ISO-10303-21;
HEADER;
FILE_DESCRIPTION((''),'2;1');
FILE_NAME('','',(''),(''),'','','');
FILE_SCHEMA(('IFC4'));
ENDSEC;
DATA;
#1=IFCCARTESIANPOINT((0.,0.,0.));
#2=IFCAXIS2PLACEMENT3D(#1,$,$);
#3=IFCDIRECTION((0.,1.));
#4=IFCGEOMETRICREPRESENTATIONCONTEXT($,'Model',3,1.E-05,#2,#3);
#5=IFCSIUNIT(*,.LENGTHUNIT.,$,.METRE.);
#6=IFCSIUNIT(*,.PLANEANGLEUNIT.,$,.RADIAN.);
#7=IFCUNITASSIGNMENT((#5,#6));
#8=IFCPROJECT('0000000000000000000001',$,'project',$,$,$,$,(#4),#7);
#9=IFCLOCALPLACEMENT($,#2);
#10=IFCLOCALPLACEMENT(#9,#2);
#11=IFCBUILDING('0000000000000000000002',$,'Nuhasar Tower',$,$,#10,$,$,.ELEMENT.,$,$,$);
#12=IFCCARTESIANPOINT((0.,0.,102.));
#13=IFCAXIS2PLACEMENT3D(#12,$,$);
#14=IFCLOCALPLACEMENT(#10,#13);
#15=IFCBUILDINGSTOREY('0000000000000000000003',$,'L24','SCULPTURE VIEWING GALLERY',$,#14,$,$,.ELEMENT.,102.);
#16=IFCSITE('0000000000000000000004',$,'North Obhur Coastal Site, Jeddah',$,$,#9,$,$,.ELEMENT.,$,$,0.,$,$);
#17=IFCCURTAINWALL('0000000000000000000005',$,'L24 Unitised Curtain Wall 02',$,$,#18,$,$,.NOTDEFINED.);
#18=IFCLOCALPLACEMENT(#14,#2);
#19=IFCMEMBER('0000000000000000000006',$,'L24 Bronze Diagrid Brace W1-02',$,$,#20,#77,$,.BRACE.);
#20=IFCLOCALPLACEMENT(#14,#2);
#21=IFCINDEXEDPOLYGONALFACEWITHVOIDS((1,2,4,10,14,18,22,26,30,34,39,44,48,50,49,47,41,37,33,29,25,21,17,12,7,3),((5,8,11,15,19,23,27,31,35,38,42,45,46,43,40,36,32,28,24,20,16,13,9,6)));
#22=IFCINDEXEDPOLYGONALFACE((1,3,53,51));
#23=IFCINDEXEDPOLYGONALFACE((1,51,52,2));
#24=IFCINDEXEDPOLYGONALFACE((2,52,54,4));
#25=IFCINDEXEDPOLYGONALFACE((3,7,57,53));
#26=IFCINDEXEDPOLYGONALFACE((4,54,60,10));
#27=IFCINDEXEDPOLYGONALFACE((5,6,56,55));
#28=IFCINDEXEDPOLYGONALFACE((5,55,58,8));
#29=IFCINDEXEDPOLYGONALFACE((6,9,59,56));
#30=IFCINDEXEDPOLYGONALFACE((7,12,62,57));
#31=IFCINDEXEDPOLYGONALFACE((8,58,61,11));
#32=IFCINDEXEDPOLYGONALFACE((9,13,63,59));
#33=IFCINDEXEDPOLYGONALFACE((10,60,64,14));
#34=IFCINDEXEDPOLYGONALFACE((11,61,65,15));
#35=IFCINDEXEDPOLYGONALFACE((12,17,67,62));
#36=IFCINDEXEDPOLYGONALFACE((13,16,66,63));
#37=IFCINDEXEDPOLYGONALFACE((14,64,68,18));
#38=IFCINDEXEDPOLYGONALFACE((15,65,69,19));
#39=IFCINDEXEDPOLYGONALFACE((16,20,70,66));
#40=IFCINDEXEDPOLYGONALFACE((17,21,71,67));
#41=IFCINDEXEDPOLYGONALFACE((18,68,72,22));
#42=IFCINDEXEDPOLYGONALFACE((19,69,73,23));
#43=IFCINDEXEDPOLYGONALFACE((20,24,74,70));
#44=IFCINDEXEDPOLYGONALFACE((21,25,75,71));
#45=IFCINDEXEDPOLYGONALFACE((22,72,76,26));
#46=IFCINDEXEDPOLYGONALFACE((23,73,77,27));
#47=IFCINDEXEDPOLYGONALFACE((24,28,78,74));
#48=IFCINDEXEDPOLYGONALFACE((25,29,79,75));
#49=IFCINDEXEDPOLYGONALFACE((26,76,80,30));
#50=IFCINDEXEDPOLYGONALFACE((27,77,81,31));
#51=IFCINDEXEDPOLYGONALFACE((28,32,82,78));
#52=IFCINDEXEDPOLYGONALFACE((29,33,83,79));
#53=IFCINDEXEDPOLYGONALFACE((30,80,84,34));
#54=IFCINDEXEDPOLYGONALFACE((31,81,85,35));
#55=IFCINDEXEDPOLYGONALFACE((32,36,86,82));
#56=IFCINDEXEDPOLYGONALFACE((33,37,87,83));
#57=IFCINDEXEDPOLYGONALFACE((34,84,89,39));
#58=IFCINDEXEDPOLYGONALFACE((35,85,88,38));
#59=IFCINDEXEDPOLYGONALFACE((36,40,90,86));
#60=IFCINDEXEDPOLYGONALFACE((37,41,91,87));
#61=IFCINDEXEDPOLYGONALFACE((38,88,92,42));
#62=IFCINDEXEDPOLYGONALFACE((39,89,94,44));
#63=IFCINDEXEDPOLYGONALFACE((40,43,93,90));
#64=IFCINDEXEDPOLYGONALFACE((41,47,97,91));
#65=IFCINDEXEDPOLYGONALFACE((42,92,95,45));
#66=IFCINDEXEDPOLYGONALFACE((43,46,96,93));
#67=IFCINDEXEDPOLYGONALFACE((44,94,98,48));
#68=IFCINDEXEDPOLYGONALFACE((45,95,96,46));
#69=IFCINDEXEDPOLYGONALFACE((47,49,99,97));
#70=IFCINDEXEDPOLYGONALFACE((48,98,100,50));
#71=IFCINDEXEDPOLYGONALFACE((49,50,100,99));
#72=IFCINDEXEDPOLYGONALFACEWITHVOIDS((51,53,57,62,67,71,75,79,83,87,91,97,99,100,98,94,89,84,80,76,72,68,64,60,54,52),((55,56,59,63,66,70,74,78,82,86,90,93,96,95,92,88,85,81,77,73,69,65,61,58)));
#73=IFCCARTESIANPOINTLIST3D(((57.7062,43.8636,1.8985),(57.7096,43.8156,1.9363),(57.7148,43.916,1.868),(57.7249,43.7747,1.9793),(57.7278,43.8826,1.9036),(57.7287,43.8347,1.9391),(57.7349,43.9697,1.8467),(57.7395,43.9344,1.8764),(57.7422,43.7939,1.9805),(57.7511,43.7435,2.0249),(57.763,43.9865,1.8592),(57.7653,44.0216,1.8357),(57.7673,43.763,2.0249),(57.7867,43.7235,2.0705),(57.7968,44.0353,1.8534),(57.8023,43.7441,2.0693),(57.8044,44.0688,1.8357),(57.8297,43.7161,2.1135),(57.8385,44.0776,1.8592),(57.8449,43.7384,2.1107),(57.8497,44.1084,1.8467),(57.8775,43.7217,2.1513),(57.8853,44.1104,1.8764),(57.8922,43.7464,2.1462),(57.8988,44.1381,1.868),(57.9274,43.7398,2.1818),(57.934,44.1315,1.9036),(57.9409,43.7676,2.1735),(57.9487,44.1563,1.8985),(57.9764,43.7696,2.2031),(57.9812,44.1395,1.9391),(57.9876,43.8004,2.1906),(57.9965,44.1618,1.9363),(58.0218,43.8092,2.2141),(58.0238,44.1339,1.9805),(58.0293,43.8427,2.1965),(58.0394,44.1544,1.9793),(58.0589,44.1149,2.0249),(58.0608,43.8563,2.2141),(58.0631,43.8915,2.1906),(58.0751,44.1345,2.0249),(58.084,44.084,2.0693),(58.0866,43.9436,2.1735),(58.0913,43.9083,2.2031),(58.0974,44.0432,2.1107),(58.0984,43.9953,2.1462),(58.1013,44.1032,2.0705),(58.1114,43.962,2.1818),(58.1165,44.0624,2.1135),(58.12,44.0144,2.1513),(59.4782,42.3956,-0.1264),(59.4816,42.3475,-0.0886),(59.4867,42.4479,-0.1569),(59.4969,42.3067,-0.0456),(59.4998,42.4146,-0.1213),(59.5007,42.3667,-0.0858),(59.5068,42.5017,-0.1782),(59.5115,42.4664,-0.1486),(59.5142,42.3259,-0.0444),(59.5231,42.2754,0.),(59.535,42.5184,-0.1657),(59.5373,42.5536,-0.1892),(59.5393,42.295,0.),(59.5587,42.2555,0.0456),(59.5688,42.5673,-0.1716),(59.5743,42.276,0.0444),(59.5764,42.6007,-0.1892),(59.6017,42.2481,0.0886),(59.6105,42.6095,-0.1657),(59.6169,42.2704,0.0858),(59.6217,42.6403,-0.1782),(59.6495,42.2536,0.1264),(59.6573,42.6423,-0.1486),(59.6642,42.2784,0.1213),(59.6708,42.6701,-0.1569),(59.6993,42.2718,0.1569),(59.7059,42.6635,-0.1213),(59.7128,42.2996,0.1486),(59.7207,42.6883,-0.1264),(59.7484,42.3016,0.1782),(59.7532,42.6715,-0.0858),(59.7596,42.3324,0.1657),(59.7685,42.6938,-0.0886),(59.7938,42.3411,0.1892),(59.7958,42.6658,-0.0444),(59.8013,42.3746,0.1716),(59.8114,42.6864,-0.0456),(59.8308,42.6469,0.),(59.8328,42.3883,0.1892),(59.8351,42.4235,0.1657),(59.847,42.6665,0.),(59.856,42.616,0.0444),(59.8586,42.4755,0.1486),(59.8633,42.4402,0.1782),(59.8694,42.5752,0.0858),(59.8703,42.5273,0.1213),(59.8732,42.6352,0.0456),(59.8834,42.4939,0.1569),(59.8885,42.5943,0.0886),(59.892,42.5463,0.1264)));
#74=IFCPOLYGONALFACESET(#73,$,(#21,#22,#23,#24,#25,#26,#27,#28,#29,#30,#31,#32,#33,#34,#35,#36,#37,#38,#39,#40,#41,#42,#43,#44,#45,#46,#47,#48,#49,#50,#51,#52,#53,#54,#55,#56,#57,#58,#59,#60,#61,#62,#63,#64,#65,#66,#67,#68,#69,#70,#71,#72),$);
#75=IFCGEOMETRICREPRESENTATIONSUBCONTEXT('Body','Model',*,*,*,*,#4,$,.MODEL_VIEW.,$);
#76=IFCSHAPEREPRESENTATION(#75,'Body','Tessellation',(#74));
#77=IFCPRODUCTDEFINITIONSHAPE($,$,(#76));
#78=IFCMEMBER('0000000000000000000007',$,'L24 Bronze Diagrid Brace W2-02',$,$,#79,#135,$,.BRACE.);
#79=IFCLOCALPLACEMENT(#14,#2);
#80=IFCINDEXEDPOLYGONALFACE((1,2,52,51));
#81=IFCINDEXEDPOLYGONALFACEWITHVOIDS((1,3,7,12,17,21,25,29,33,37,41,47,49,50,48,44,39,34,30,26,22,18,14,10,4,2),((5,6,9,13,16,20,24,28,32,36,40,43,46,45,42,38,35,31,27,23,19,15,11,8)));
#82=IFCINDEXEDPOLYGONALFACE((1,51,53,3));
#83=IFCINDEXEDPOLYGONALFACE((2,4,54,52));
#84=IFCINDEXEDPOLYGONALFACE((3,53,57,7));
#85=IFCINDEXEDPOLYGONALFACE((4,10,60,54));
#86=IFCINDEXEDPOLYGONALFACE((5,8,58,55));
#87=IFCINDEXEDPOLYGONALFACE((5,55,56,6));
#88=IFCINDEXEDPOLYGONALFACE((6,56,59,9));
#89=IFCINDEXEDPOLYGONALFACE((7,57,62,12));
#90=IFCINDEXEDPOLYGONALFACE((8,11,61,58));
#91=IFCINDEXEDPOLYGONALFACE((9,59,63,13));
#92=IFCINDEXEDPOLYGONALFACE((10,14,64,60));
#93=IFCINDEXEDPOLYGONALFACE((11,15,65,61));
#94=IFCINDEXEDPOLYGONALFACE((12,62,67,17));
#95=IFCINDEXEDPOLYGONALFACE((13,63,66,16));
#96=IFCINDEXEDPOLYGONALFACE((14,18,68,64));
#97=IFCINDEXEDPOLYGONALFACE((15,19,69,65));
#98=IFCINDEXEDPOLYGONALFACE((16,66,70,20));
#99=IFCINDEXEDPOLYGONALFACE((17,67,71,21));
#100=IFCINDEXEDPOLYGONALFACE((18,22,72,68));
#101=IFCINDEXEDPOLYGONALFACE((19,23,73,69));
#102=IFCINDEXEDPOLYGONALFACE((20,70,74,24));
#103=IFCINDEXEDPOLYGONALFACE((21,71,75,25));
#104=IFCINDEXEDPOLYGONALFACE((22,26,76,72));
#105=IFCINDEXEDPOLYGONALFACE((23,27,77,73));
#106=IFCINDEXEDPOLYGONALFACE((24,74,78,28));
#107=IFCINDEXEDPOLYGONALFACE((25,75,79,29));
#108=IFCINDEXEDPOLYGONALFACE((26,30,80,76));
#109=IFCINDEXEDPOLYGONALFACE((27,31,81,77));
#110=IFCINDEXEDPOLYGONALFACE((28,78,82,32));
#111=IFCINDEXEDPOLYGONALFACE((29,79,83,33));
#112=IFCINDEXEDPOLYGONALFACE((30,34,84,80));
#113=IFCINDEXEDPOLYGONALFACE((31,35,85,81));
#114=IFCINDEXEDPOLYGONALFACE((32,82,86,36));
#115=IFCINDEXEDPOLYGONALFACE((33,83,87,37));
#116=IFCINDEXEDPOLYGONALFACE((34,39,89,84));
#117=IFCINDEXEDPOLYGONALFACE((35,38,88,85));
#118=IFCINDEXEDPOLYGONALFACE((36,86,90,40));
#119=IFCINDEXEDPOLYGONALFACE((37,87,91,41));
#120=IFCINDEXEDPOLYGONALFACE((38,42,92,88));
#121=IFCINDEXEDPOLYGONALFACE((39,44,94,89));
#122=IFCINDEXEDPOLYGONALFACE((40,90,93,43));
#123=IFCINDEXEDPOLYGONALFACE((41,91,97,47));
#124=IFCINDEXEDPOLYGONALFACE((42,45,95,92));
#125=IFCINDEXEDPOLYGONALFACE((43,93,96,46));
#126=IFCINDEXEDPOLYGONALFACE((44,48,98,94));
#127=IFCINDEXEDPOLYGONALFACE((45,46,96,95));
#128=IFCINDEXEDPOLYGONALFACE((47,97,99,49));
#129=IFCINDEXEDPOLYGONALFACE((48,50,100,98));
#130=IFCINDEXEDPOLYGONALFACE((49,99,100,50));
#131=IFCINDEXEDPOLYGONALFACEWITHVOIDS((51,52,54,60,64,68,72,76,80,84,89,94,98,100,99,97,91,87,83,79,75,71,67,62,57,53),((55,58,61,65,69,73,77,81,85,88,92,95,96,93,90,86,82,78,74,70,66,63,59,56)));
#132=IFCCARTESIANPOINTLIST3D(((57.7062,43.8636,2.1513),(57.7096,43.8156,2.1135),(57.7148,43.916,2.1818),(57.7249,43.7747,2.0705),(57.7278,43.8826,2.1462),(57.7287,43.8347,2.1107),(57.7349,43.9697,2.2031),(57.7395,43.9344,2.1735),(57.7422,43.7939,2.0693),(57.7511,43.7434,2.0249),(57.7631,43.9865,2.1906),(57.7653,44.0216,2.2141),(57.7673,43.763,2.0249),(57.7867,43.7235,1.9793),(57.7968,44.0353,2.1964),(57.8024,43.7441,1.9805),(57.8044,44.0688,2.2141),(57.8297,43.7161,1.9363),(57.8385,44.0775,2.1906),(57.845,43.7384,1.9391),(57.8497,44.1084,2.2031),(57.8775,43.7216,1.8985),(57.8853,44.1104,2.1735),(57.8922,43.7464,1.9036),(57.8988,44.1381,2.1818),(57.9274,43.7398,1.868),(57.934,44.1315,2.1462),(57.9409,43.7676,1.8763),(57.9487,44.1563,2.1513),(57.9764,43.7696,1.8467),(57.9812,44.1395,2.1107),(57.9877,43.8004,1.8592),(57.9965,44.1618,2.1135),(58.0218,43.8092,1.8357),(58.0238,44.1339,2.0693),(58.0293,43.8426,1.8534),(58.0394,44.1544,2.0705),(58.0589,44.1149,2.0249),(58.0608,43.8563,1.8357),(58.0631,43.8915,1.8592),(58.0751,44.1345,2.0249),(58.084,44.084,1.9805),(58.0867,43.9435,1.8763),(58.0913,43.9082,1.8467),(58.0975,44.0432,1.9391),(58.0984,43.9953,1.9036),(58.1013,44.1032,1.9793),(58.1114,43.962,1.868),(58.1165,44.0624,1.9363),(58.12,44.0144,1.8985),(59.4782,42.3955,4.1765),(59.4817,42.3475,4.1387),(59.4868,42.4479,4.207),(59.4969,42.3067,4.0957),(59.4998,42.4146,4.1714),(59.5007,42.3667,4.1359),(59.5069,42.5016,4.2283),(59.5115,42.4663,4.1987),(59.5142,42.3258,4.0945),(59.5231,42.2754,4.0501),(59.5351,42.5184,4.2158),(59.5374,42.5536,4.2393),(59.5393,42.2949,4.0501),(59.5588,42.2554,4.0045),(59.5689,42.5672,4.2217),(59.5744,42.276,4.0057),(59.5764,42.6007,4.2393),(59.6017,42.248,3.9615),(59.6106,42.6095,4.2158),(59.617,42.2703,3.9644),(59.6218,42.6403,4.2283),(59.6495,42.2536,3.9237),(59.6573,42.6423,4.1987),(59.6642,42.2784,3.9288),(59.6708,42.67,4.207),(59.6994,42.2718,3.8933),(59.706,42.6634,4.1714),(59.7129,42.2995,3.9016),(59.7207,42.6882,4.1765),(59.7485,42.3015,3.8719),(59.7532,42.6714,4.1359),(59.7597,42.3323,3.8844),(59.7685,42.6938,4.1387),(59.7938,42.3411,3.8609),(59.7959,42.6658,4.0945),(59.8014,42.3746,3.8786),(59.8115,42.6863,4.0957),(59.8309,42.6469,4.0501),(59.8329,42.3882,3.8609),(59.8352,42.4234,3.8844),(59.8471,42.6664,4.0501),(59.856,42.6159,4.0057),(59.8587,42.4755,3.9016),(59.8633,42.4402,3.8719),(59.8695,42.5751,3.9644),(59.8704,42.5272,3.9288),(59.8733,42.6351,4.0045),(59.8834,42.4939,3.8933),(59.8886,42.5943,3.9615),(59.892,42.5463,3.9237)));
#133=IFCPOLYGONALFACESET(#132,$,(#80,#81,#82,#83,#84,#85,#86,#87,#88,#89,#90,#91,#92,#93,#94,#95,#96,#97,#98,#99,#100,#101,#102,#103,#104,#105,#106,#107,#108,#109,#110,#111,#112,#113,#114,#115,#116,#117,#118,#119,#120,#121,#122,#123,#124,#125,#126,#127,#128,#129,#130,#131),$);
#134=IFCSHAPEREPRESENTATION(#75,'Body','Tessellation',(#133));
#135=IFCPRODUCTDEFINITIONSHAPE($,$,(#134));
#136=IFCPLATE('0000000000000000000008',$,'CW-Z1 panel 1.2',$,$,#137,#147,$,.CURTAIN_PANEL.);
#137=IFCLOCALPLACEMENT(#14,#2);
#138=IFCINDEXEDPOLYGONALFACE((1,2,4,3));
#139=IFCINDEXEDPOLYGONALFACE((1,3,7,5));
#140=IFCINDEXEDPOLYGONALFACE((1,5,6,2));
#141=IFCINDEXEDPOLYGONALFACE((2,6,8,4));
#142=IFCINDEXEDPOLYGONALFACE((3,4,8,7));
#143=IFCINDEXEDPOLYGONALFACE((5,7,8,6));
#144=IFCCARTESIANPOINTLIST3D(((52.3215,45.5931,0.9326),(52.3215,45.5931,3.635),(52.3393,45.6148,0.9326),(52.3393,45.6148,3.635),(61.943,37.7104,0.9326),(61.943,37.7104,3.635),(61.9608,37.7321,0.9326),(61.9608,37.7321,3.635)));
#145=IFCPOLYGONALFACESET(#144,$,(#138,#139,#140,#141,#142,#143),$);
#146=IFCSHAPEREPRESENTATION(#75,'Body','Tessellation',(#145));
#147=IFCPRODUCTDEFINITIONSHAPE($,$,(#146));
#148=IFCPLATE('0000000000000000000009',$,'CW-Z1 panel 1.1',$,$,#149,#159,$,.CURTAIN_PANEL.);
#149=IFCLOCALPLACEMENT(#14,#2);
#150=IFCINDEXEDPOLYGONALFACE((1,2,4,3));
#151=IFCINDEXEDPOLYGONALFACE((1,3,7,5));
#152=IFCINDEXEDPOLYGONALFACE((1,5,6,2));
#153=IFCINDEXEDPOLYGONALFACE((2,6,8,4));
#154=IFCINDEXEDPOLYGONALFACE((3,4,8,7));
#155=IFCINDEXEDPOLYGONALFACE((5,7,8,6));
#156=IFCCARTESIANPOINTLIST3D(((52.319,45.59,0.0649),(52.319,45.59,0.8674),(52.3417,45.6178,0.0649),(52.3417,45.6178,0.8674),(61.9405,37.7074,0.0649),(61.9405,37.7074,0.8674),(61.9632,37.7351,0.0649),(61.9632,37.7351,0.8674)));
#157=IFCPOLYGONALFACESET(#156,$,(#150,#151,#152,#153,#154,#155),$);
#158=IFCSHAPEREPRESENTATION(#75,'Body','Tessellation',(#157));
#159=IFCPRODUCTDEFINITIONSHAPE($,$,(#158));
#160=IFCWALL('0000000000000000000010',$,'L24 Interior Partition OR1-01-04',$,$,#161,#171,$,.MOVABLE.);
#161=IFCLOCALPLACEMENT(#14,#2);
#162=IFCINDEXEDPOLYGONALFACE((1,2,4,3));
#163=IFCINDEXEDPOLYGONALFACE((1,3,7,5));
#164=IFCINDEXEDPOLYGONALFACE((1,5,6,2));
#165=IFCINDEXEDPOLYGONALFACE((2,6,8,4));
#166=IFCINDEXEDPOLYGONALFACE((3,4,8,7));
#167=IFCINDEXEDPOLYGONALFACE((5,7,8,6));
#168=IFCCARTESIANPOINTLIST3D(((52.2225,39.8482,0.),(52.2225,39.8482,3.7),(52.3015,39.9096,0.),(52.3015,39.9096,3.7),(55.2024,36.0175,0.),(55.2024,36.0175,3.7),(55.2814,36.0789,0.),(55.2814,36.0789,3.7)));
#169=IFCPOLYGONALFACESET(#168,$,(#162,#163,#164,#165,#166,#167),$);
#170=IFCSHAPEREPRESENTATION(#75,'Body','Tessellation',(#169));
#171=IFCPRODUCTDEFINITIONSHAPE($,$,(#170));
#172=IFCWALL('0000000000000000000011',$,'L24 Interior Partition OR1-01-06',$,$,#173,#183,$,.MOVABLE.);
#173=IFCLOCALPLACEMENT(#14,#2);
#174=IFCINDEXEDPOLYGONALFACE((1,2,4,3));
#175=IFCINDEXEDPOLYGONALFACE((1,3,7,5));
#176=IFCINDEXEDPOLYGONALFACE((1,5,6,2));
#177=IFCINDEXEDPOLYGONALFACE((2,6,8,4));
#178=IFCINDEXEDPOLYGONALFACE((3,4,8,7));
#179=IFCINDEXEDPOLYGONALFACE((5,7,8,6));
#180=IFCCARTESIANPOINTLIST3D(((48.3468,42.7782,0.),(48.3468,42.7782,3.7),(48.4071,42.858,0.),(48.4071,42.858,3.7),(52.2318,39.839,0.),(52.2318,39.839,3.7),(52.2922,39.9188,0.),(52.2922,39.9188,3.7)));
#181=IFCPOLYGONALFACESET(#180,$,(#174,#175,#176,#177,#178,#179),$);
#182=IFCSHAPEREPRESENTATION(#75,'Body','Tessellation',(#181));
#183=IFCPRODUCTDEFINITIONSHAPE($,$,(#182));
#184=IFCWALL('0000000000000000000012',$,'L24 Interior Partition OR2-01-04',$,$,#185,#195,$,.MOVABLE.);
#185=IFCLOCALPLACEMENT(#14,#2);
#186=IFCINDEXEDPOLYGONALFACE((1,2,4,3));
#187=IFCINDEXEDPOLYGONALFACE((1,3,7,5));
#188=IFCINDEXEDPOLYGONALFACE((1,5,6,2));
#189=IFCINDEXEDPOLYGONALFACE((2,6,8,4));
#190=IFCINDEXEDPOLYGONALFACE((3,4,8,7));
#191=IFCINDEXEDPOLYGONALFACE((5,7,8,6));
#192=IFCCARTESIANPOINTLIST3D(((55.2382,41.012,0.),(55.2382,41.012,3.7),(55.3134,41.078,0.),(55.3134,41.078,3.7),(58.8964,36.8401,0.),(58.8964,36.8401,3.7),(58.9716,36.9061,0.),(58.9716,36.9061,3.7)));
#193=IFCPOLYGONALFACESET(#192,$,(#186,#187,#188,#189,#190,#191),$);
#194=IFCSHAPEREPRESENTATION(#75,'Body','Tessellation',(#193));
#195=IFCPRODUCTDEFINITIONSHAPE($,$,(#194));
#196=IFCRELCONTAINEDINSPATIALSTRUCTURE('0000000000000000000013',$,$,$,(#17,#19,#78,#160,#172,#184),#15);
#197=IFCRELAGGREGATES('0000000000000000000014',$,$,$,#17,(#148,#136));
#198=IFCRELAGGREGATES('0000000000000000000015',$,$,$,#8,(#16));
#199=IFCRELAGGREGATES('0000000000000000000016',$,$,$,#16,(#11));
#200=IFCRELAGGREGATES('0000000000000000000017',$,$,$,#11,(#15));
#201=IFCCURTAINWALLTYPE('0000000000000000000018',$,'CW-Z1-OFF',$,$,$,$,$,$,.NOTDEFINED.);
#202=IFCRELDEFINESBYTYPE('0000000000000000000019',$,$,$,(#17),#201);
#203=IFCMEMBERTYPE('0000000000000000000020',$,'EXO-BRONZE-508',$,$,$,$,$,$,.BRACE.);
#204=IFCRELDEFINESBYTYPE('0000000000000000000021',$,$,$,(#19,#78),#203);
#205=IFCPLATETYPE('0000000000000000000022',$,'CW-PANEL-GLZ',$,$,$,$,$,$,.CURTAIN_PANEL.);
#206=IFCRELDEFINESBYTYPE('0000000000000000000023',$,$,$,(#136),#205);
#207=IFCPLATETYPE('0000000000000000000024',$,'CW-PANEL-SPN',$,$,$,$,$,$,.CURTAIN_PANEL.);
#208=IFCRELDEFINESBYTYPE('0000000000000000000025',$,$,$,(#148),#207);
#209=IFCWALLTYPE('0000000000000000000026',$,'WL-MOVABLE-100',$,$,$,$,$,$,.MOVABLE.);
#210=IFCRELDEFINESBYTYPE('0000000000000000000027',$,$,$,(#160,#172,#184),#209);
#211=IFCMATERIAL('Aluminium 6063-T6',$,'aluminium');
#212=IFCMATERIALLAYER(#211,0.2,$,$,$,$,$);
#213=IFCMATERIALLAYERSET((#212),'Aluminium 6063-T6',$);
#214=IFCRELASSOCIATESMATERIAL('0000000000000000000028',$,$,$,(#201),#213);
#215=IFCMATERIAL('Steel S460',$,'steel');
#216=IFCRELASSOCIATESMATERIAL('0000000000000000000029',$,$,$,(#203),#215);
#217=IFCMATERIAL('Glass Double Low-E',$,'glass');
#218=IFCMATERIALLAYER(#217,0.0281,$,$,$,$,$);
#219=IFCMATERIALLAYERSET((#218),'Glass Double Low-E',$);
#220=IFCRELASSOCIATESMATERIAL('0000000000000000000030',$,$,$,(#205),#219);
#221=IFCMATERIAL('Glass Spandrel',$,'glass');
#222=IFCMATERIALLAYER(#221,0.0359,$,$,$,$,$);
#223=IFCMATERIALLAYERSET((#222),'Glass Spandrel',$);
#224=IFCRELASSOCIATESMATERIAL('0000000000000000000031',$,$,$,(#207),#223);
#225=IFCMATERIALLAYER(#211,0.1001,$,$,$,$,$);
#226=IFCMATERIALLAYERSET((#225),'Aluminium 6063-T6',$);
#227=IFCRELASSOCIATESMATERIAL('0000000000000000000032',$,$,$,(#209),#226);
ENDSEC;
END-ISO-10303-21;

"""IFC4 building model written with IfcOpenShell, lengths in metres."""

from ifc_helpers import new_model, si_unit, direction, frame, frame_2d, origin, origin_2d, place, context, subcontext, project, spatial, rectangle, hollow_circle, extrude, material, layer, layer_set, material_profile, profile_set, type_object, element, aggregate, save


model = new_model("IFC4")

# Units and contexts
model_context = context("Model", 3, precision=1e-05, world=origin(), true_north=direction((0.0, 1.0)))
body_context = subcontext(model_context, "Body", "Model", "MODEL_VIEW")
ifc_project = project(units=[si_unit("LENGTHUNIT", "METRE"), si_unit("PLANEANGLEUNIT", "RADIAN")], contexts=[model_context])

# Site, building, storey
site_placement = place(None, origin())
site = spatial("IfcSite", under=ifc_project, at=site_placement, Name="North Obhur Coastal Site, Jeddah", CompositionType="ELEMENT", RefElevation=0.0)
building_placement = place(site_placement, origin())
building = spatial("IfcBuilding", under=site, at=building_placement, Name="Nuhasar Tower", CompositionType="ELEMENT")
storey_placement = place(building_placement, frame((0.0, 0.0, 102.0)))
storey = spatial("IfcBuildingStorey", under=building, at=storey_placement, Name="L24", Description="SCULPTURE VIEWING GALLERY", CompositionType="ELEMENT", Elevation=102.0)

# Shared definitions
ifc_material_1 = material(Name="Aluminium 6063-T6", Category="aluminium")
ifc_layer_1 = layer(ifc_material_1, 0.2)
ifc_layer_set_1 = layer_set([ifc_layer_1], Name="Aluminium 6063-T6")
curtain_wall_type = type_object("IfcCurtainWallType", Name="CW-Z1-OFF", PredefinedType="NOTDEFINED", material=ifc_layer_set_1)

# Curtain wall
curtain_wall_1_placement = place(storey_placement, origin())
curtain_wall_1 = element("IfcCurtainWall", 1, at=curtain_wall_1_placement, inside=storey, type_object=curtain_wall_type, Name="L24 Unitised Curtain Wall 02", PredefinedType="NOTDEFINED")

# Members
ifc_material_2 = material(Name="Steel S460", Category="steel")
ifc_material_profile_1 = material_profile(ifc_material_2, hollow_circle(Radius=0.2539, WallThickness=0.0254, at=origin_2d()), Name="HSS508X25.4")
ifc_profile_set_1 = profile_set([ifc_material_profile_1], Name="Steel S460")
member_type_1 = type_object("IfcMemberType", Name="EXO-BRONZE-508", PredefinedType="BRACE", material=ifc_profile_set_1)
member_1_placement = place(storey_placement, frame((59.6851, 42.4709, 0.0), z_axis=(-0.578102, 0.478937, 0.660619), x_axis=(-0.637969, -0.770062, 0.0)))
element("IfcMember", 2, at=member_1_placement, inside=storey, type_object=member_type_1, Name="L24 Bronze Diagrid Brace W1-02", PredefinedType="BRACE", context=body_context, shape_type="SweptSolid", body=[
    extrude(hollow_circle(Radius=0.2539, WallThickness=0.0254, at=origin_2d()), origin(), (0.0, 0.0, 1.0), 3.0652),
])
member_2_placement = place(storey_placement, frame((57.9131, 43.939, 2.0249), z_axis=(0.578071, -0.478912, 0.660664), x_axis=(0.637969, 0.770062, 0.0)))
element("IfcMember", 3, at=member_2_placement, inside=storey, type_object=member_type_1, Name="L24 Bronze Diagrid Brace W2-02", PredefinedType="BRACE", context=body_context, shape_type="SweptSolid", body=[
    extrude(hollow_circle(Radius=0.2539, WallThickness=0.0254, at=origin_2d()), origin(), (0.0, 0.0, 1.0), 3.0654),
])

# Plates
ifc_material_3 = material(Name="Glass Double Low-E", Category="glass")
ifc_layer_2 = layer(ifc_material_3, 0.0281)
ifc_layer_set_2 = layer_set([ifc_layer_2], Name="Glass Double Low-E")
plate_type_1 = type_object("IfcPlateType", Name="CW-PANEL-GLZ", PredefinedType="CURTAIN_PANEL", material=ifc_layer_set_2)
plate_1_placement = place(storey_placement, frame((57.1411, 41.6626, 0.9326), z_axis=(0.0, 0.0, 1.0), x_axis=(-0.773542, 0.633745, 0.0)))
plate_1 = element("IfcPlate", 4, at=plate_1_placement, type_object=plate_type_1, Name="CW-Z1 panel 1.2", PredefinedType="CURTAIN_PANEL", context=body_context, shape_type="SweptSolid", body=[
    extrude(rectangle(XDim=12.4382, YDim=0.0281, at=origin_2d()), origin(), (0.0, 0.0, 1.0), 2.7024),
])
ifc_material_4 = material(Name="Glass Spandrel", Category="glass")
ifc_layer_3 = layer(ifc_material_4, 0.0359)
ifc_layer_set_3 = layer_set([ifc_layer_3], Name="Glass Spandrel")
plate_type_2 = type_object("IfcPlateType", Name="CW-PANEL-SPN", PredefinedType="CURTAIN_PANEL", material=ifc_layer_set_3)
plate_2_placement = place(storey_placement, frame((57.1411, 41.6626, 0.0649), z_axis=(0.0, 0.0, 1.0), x_axis=(-0.773542, 0.633745, 0.0)))
plate_2 = element("IfcPlate", 5, at=plate_2_placement, type_object=plate_type_2, Name="CW-Z1 panel 1.1", PredefinedType="CURTAIN_PANEL", context=body_context, shape_type="SweptSolid", body=[
    extrude(rectangle(XDim=12.4382, YDim=0.0359, at=origin_2d()), origin(), (0.0, 0.0, 1.0), 0.8025),
])
aggregate(curtain_wall_1, [plate_2, plate_1])

# Walls
ifc_layer_4 = layer(ifc_material_1, 0.1001)
ifc_layer_set_4 = layer_set([ifc_layer_4], Name="Aluminium 6063-T6")
wall_type = type_object("IfcWallType", Name="WL-MOVABLE-100", PredefinedType="MOVABLE", material=ifc_layer_set_4)
wall_1_placement = place(storey_placement, frame((55.2419, 36.0481, 0.0), z_axis=(0.0, 0.0, 1.0), x_axis=(-0.614, 0.789306, 0.0)))
element("IfcWall", 6, at=wall_1_placement, inside=storey, type_object=wall_type, Name="L24 Interior Partition OR1-01-04", PredefinedType="MOVABLE", context=body_context, shape_type="SweptSolid", body=[
    extrude(rectangle(XDim=4.8533, YDim=0.1001, at=frame_2d((2.4268, 0.0))), origin(), (0.0, 0.0, 1.0), 3.7),
])
wall_2_placement = place(storey_placement, frame((52.262, 39.8789, 0.0), z_axis=(0.0, 0.0, 1.0), x_axis=(-0.797485, 0.603338, 0.0)))
element("IfcWall", 7, at=wall_2_placement, inside=storey, type_object=wall_type, Name="L24 Interior Partition OR1-01-06", PredefinedType="MOVABLE", context=body_context, shape_type="SweptSolid", body=[
    extrude(rectangle(XDim=4.8716, YDim=0.1001, at=frame_2d((2.4358, 0.0))), origin(), (0.0, 0.0, 1.0), 3.7),
])
wall_3_placement = place(storey_placement, frame((58.9341, 36.873, 0.0), z_axis=(0.0, 0.0, 1.0), x_axis=(-0.659302, 0.751878, 0.0)))
element("IfcWall", 8, at=wall_3_placement, inside=storey, type_object=wall_type, Name="L24 Interior Partition OR2-01-04", PredefinedType="MOVABLE", context=body_context, shape_type="SweptSolid", body=[
    extrude(rectangle(XDim=5.5486, YDim=0.1001, at=frame_2d((2.7744, 0.0))), origin(), (0.0, 0.0, 1.0), 3.7),
])

save(model, "model.ifc")
